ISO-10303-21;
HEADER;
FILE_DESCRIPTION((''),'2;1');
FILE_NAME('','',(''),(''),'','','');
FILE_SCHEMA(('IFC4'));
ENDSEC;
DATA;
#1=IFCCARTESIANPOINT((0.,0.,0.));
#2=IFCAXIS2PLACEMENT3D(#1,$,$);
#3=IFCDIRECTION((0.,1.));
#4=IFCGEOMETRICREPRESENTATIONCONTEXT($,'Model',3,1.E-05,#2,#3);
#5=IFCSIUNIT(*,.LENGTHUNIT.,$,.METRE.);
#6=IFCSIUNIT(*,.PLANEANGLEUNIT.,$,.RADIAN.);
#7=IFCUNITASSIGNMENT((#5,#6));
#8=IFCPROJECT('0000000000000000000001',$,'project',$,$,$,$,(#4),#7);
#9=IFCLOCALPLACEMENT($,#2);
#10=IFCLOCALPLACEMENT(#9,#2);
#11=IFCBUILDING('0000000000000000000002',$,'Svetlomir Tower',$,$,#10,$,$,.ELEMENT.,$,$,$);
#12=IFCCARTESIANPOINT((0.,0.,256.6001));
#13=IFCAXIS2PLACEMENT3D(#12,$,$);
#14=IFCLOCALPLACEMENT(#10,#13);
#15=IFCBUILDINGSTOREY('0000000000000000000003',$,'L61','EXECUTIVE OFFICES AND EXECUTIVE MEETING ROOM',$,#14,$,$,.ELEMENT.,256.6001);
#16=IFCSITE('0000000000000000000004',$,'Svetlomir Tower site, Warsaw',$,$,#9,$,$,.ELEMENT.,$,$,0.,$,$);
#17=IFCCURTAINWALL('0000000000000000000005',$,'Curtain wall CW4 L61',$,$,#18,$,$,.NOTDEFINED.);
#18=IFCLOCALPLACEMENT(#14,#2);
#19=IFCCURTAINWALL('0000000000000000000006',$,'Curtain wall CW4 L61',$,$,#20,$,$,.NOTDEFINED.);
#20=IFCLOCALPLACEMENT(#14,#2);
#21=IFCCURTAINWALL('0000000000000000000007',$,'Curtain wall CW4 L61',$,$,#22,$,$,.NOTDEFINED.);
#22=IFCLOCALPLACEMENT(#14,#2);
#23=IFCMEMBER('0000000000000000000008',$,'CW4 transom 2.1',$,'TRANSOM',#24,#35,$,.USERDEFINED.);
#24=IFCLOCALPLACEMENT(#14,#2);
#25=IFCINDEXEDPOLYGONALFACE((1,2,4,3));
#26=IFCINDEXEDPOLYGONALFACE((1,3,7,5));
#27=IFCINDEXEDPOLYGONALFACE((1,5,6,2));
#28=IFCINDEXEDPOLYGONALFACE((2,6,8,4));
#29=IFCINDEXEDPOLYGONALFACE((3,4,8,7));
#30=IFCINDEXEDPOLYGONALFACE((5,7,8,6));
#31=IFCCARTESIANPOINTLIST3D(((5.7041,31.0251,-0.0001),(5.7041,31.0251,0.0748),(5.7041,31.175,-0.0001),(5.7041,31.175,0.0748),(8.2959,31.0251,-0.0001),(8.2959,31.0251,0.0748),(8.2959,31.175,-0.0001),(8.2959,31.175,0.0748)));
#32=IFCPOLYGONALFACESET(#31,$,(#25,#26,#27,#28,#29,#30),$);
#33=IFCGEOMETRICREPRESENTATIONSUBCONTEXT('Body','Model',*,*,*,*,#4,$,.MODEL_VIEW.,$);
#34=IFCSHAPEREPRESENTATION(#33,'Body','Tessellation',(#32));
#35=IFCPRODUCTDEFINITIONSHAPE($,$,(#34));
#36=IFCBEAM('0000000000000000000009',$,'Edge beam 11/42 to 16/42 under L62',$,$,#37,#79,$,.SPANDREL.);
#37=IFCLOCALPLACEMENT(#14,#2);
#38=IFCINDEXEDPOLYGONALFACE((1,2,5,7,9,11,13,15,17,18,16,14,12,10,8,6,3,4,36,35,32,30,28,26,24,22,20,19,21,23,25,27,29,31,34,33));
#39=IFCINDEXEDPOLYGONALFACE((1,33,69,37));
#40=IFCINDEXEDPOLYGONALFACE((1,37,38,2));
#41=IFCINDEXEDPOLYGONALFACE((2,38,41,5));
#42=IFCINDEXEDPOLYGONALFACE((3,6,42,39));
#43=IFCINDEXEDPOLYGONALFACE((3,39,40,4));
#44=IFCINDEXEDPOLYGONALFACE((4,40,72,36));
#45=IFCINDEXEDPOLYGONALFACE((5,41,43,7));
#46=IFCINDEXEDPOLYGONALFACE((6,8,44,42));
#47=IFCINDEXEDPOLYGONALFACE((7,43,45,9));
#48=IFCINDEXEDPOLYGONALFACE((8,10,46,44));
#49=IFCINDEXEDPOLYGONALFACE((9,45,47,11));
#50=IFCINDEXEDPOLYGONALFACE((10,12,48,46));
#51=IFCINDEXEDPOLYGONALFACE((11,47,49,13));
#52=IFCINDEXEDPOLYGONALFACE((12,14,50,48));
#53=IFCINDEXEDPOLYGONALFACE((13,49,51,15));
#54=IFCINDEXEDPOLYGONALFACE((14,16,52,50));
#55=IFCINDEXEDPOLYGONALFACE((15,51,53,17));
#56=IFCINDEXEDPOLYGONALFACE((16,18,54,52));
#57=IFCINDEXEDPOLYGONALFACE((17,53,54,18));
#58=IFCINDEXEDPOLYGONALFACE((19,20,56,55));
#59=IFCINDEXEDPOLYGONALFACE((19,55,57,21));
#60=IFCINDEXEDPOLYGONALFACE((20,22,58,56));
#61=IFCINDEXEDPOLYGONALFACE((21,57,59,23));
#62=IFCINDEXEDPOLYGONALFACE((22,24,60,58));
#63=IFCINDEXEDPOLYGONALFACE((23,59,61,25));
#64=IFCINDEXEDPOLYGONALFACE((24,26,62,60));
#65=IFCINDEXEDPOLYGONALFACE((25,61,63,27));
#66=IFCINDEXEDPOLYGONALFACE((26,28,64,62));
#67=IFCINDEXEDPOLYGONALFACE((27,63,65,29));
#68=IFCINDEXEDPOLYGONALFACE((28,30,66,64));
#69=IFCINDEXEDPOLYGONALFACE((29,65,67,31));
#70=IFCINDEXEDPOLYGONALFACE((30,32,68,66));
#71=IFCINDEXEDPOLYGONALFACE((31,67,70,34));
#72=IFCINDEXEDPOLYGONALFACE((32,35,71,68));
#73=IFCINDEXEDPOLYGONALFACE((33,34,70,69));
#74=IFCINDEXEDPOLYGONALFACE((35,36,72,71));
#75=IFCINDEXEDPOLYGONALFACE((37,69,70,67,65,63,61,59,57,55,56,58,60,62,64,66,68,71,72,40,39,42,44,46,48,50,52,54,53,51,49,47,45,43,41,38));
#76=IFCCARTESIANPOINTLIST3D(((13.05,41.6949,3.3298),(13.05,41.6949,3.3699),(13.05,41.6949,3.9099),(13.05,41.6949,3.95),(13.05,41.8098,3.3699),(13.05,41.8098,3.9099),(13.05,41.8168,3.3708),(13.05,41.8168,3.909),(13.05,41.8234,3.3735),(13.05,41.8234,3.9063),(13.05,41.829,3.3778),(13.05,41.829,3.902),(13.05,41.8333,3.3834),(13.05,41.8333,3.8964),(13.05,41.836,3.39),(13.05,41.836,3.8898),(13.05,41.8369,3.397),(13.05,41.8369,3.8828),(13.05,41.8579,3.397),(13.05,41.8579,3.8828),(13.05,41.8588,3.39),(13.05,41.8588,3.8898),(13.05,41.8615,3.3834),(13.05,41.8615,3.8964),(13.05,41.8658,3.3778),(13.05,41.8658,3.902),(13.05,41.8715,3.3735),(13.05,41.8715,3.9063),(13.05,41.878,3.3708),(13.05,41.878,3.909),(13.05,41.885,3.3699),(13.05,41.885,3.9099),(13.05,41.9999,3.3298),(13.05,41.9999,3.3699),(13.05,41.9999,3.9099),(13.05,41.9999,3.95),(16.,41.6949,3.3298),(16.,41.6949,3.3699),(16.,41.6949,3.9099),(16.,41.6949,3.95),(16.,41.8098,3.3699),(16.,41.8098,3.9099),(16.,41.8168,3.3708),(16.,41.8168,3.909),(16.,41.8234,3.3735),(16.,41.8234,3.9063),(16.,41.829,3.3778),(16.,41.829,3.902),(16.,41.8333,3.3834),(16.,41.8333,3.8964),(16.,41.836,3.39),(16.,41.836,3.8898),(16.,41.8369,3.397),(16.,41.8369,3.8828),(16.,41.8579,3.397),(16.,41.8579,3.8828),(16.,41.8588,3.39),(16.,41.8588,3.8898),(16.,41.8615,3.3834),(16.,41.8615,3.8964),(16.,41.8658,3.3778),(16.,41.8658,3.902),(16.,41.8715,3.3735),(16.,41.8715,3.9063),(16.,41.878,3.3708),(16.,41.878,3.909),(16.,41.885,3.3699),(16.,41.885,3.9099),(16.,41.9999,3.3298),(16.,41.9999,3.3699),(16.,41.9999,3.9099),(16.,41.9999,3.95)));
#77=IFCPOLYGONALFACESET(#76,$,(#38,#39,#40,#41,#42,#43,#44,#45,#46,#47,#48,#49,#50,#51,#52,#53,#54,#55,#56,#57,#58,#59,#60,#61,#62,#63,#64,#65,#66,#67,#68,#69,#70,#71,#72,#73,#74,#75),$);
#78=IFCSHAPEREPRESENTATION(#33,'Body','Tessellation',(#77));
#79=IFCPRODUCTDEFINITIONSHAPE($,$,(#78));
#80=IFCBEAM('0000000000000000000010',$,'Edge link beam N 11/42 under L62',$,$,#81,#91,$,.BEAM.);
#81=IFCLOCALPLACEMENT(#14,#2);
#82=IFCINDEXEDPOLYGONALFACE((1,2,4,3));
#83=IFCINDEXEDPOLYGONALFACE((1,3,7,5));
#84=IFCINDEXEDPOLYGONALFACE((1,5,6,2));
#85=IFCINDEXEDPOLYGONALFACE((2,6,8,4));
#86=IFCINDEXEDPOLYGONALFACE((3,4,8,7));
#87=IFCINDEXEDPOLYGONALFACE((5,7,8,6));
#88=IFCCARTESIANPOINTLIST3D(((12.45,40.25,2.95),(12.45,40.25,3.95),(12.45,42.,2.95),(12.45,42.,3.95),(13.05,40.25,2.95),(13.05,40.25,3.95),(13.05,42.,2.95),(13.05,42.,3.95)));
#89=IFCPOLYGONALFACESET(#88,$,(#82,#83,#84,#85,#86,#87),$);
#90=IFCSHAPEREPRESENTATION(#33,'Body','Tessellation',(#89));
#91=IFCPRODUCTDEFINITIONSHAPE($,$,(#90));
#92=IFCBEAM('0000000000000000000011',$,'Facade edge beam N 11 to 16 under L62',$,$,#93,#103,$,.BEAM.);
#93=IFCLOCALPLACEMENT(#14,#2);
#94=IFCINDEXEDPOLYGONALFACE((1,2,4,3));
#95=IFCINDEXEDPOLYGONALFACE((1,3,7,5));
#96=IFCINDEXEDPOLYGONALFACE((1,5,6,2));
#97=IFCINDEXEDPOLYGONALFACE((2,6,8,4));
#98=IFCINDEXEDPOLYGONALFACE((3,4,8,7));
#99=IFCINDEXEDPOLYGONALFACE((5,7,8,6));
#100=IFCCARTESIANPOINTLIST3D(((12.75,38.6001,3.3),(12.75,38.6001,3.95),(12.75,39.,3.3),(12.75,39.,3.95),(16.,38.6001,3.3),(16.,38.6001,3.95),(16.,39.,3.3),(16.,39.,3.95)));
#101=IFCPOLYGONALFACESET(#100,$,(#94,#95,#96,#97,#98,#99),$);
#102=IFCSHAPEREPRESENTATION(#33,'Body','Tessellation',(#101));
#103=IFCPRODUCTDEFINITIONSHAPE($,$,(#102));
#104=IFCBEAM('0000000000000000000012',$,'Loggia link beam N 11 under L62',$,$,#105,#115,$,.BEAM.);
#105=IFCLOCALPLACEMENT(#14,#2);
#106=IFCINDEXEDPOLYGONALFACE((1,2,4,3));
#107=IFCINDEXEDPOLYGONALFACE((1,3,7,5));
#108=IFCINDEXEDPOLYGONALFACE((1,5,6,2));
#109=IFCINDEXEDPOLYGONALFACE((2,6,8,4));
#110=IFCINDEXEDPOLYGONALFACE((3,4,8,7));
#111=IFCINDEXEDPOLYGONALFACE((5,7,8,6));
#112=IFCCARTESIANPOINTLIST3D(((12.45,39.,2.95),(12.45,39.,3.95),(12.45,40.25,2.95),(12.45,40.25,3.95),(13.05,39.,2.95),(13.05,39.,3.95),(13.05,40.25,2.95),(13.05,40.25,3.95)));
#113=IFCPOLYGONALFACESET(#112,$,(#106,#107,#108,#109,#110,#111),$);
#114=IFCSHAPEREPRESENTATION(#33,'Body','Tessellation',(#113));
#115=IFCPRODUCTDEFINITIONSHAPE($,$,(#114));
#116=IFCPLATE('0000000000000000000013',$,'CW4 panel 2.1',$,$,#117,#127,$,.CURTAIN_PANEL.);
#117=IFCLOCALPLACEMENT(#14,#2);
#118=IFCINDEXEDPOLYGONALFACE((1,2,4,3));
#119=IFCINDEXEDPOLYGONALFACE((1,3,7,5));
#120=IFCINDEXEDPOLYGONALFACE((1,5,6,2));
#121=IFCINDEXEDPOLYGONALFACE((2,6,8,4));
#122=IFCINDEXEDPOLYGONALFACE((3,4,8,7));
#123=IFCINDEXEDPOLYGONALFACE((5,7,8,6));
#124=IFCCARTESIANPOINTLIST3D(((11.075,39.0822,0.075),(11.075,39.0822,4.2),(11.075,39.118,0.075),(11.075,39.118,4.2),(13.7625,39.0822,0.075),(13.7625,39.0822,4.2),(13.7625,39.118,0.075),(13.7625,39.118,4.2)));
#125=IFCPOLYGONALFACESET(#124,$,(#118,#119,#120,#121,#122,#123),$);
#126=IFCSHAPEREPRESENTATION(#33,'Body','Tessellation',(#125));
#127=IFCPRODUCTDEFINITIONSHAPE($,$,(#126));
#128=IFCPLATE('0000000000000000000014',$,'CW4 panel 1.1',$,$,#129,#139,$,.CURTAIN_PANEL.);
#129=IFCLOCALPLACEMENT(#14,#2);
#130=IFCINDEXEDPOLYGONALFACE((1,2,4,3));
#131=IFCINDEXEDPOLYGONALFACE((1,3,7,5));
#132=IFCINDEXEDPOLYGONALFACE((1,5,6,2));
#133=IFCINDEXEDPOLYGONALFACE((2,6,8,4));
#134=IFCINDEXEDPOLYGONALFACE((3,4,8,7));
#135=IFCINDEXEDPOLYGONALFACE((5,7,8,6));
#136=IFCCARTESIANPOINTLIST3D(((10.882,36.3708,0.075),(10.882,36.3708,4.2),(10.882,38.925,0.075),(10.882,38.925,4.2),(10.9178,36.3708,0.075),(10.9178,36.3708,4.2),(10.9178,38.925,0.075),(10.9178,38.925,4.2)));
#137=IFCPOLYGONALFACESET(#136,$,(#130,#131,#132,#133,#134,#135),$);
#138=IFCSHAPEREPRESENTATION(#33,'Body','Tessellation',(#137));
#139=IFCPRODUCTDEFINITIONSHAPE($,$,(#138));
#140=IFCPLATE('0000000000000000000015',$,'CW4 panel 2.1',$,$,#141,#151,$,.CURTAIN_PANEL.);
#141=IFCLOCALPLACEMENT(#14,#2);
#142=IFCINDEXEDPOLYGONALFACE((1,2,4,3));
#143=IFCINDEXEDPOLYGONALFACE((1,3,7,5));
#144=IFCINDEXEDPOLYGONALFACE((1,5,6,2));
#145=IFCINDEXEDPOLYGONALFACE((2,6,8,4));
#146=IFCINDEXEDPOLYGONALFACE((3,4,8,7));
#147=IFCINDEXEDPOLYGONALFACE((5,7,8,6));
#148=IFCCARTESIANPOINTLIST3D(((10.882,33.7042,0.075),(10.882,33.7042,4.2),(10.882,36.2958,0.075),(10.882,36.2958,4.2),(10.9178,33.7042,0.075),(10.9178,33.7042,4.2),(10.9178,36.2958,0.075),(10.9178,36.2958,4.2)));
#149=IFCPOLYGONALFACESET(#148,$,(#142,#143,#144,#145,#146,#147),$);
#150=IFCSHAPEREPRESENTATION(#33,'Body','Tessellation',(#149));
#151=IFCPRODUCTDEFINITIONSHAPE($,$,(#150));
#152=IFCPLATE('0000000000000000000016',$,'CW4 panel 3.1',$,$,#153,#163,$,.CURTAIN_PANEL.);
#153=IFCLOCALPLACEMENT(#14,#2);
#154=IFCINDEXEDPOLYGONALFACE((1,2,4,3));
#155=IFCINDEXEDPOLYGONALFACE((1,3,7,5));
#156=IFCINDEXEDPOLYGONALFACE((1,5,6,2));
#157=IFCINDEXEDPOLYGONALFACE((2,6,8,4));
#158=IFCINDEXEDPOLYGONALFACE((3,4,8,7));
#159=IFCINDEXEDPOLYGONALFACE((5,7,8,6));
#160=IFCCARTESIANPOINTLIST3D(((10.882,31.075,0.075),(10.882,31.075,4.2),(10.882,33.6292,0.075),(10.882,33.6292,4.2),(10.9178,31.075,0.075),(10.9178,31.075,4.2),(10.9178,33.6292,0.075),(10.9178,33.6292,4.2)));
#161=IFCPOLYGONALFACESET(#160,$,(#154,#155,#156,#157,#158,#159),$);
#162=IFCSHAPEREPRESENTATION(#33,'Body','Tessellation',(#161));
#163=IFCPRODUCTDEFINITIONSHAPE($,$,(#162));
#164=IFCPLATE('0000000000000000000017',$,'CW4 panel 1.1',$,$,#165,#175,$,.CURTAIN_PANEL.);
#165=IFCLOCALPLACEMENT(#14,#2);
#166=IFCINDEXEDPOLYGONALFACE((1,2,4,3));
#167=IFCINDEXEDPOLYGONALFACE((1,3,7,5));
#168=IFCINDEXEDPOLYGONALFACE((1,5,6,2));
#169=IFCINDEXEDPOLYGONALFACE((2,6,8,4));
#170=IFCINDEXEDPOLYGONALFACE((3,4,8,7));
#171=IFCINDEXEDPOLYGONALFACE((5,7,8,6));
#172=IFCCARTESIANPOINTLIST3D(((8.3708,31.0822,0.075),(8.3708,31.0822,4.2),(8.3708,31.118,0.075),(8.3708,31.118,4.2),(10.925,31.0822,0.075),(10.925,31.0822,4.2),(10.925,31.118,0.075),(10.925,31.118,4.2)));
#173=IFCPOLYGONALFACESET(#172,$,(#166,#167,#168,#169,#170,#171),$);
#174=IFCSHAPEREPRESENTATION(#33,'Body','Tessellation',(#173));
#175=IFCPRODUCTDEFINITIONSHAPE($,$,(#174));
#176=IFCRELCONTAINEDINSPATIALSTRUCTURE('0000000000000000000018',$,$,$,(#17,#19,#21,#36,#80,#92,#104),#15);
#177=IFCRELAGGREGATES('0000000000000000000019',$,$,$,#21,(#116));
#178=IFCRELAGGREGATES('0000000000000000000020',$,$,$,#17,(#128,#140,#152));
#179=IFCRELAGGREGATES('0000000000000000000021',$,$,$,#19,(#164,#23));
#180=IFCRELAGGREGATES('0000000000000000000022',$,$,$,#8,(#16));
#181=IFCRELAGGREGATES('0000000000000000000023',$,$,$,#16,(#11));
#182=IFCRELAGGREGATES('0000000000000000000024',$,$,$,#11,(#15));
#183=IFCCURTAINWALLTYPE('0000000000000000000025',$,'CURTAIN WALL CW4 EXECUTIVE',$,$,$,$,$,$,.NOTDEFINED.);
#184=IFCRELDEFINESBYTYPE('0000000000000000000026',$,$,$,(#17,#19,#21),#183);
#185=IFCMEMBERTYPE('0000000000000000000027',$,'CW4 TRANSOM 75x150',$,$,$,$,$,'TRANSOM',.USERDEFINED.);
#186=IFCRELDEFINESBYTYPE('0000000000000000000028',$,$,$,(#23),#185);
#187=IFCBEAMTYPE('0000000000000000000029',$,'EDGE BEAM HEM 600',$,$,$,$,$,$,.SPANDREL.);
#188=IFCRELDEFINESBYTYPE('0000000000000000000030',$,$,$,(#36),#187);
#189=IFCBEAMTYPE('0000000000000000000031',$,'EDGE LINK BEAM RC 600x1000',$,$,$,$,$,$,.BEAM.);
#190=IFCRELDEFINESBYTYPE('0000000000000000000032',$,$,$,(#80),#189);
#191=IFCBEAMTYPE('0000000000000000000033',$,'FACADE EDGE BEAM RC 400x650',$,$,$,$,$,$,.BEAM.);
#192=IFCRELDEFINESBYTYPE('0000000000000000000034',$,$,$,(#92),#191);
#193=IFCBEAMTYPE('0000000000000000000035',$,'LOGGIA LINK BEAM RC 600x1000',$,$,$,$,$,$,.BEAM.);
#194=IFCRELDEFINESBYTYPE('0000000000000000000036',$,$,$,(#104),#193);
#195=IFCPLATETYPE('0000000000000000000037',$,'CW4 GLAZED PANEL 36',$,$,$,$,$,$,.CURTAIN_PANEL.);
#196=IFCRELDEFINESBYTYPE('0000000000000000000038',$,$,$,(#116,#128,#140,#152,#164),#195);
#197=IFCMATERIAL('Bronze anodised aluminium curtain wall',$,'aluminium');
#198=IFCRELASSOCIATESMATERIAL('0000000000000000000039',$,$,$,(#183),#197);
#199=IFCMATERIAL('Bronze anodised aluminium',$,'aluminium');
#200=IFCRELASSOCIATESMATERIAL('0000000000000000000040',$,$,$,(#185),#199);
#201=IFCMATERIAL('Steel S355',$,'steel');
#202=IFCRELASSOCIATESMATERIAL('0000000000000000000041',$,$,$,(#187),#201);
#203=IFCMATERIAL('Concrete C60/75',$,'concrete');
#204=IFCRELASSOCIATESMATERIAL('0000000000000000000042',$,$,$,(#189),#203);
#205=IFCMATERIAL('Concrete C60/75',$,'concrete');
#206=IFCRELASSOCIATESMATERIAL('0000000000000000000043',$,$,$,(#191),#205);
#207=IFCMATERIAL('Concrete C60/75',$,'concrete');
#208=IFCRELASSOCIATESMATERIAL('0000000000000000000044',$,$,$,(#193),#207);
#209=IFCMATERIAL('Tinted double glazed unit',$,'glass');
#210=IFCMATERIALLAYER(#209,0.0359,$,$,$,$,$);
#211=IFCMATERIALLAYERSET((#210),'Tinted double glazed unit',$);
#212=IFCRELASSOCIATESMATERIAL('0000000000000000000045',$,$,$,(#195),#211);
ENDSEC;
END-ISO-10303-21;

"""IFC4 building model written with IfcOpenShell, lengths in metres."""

from ifc_helpers import new_model, si_unit, direction, frame, origin, origin_2d, place, context, subcontext, project, spatial, rectangle, i_section, extrude, material, layer, layer_set, material_profile, profile_set, type_object, element, aggregate, save


model = new_model("IFC4")

# Units and contexts
model_context = context("Model", 3, precision=1e-05, world=origin(), true_north=direction((0.0, 1.0)))
body_context = subcontext(model_context, "Body", "Model", "MODEL_VIEW")
ifc_project = project(units=[si_unit("LENGTHUNIT", "METRE"), si_unit("PLANEANGLEUNIT", "RADIAN")], contexts=[model_context])

# Site, building, storey
site_placement = place(None, origin())
site = spatial("IfcSite", under=ifc_project, at=site_placement, Name="Svetlomir Tower site, Warsaw", CompositionType="ELEMENT", RefElevation=0.0)
building_placement = place(site_placement, origin())
building = spatial("IfcBuilding", under=site, at=building_placement, Name="Svetlomir Tower", CompositionType="ELEMENT")
storey_placement = place(building_placement, frame((0.0, 0.0, 256.6001)))
storey = spatial("IfcBuildingStorey", under=building, at=storey_placement, Name="L61", Description="EXECUTIVE OFFICES AND EXECUTIVE MEETING ROOM", CompositionType="ELEMENT", Elevation=256.6001)

# Curtain walls
ifc_material_1 = material(Name="Bronze anodised aluminium curtain wall", Category="aluminium")
curtain_wall_type = type_object("IfcCurtainWallType", Name="CURTAIN WALL CW4 EXECUTIVE", PredefinedType="NOTDEFINED", material=ifc_material_1)
curtain_wall_1_placement = place(storey_placement, origin())
curtain_wall_1 = element("IfcCurtainWall", 1, at=curtain_wall_1_placement, inside=storey, type_object=curtain_wall_type, Name="Curtain wall CW4 L61", PredefinedType="NOTDEFINED")
curtain_wall_2_placement = place(storey_placement, origin())
curtain_wall_2 = element("IfcCurtainWall", 2, at=curtain_wall_2_placement, inside=storey, type_object=curtain_wall_type, Name="Curtain wall CW4 L61", PredefinedType="NOTDEFINED")
curtain_wall_3_placement = place(storey_placement, origin())
curtain_wall_3 = element("IfcCurtainWall", 3, at=curtain_wall_3_placement, inside=storey, type_object=curtain_wall_type, Name="Curtain wall CW4 L61", PredefinedType="NOTDEFINED")

# Member
ifc_material_2 = material(Name="Bronze anodised aluminium", Category="aluminium")
ifc_material_profile_1 = material_profile(ifc_material_2, rectangle(XDim=0.1499, YDim=0.075, at=origin_2d()), Name="AL 150x75")
ifc_profile_set_1 = profile_set([ifc_material_profile_1], Name="Bronze anodised aluminium 6063-T6")
member_type_1 = type_object("IfcMemberType", Name="CW4 TRANSOM 75x150", ElementType="TRANSOM", PredefinedType="USERDEFINED", material=ifc_profile_set_1)
member_1_placement = place(storey_placement, frame((8.2959, 31.1001, 0.0374), z_axis=(-1.0, 0.0, 0.0), x_axis=(0.0, -1.0, 0.0)))
member_1 = element("IfcMember", 4, at=member_1_placement, type_object=member_type_1, Name="CW4 transom 2.1", ObjectType="TRANSOM", PredefinedType="USERDEFINED", context=body_context, shape_type="SweptSolid", body=[
    extrude(rectangle(XDim=0.1499, YDim=0.075, at=origin_2d()), origin(), (0.0, 0.0, 1.0), 2.5918),
])

# Beams
ifc_material_3 = material(Name="Steel S355", Category="steel")
ifc_material_profile_2 = material_profile(ifc_material_3, i_section(OverallWidth=0.3049, OverallDepth=0.6201, WebThickness=0.021, FlangeThickness=0.04, FilletRadius=0.0271, at=origin_2d()), Name="HEM 600")
ifc_profile_set_2 = profile_set([ifc_material_profile_2], Name="Steel S355")
beam_type_1 = type_object("IfcBeamType", Name="EDGE BEAM HEM 600", PredefinedType="SPANDREL", material=ifc_profile_set_2)
beam_1_placement = place(storey_placement, frame((13.05, 41.8474, 3.6399), z_axis=(1.0, 0.0, 0.0), x_axis=(0.0, 1.0, 0.0)))
element("IfcBeam", 5, at=beam_1_placement, inside=storey, type_object=beam_type_1, Name="Edge beam 11/42 to 16/42 under L62", PredefinedType="SPANDREL", context=body_context, shape_type="SweptSolid", body=[
    extrude(i_section(OverallWidth=0.3049, OverallDepth=0.6201, WebThickness=0.021, FlangeThickness=0.04, FilletRadius=0.0271, at=origin_2d()), origin(), (0.0, 0.0, 1.0), 2.95),
])
ifc_material_4 = material(Name="Concrete C60/75", Category="concrete")
ifc_material_profile_3 = material_profile(ifc_material_4, rectangle(XDim=0.6001, YDim=1.0, at=origin_2d()), Name="RC 600x1000")
ifc_profile_set_3 = profile_set([ifc_material_profile_3], Name="Concrete C60/75")
beam_type_2 = type_object("IfcBeamType", Name="EDGE LINK BEAM RC 600x1000", PredefinedType="BEAM", material=ifc_profile_set_3)
beam_2_placement = place(storey_placement, frame((12.75, 40.25, 3.45), z_axis=(0.0, 1.0, 0.0), x_axis=(-1.0, 0.0, 0.0)))
element("IfcBeam", 6, at=beam_2_placement, inside=storey, type_object=beam_type_2, Name="Edge link beam N 11/42 under L62", PredefinedType="BEAM", context=body_context, shape_type="SweptSolid", body=[
    extrude(rectangle(XDim=0.6001, YDim=1.0, at=origin_2d()), origin(), (0.0, 0.0, 1.0), 1.75),
])
ifc_material_5 = material(Name="Concrete C60/75", Category="concrete")
ifc_material_profile_4 = material_profile(ifc_material_5, rectangle(XDim=0.3999, YDim=0.6499, at=origin_2d()), Name="RC 400x650")
ifc_profile_set_4 = profile_set([ifc_material_profile_4], Name="Concrete C60/75")
beam_type_3 = type_object("IfcBeamType", Name="FACADE EDGE BEAM RC 400x650", PredefinedType="BEAM", material=ifc_profile_set_4)
beam_3_placement = place(storey_placement, frame((12.75, 38.8, 3.625), z_axis=(1.0, 0.0, 0.0), x_axis=(0.0, 1.0, 0.0)))
element("IfcBeam", 7, at=beam_3_placement, inside=storey, type_object=beam_type_3, Name="Facade edge beam N 11 to 16 under L62", PredefinedType="BEAM", context=body_context, shape_type="SweptSolid", body=[
    extrude(rectangle(XDim=0.3999, YDim=0.6499, at=origin_2d()), origin(), (0.0, 0.0, 1.0), 3.25),
])
ifc_material_6 = material(Name="Concrete C60/75", Category="concrete")
ifc_material_profile_5 = material_profile(ifc_material_6, rectangle(XDim=0.6001, YDim=1.0, at=origin_2d()), Name="RC 600x1000")
ifc_profile_set_5 = profile_set([ifc_material_profile_5], Name="Concrete C60/75")
beam_type_4 = type_object("IfcBeamType", Name="LOGGIA LINK BEAM RC 600x1000", PredefinedType="BEAM", material=ifc_profile_set_5)
beam_4_placement = place(storey_placement, frame((12.75, 40.25, 3.45), z_axis=(0.0, -1.0, 0.0), x_axis=(1.0, 0.0, 0.0)))
element("IfcBeam", 8, at=beam_4_placement, inside=storey, type_object=beam_type_4, Name="Loggia link beam N 11 under L62", PredefinedType="BEAM", context=body_context, shape_type="SweptSolid", body=[
    extrude(rectangle(XDim=0.6001, YDim=1.0, at=origin_2d()), origin(), (0.0, 0.0, 1.0), 1.25),
])

# Plates
ifc_material_7 = material(Name="Tinted double glazed unit", Category="glass")
ifc_layer_1 = layer(ifc_material_7, 0.0359)
ifc_layer_set_1 = layer_set([ifc_layer_1], Name="Tinted double glazed unit")
plate_type = type_object("IfcPlateType", Name="CW4 GLAZED PANEL 36", PredefinedType="CURTAIN_PANEL", material=ifc_layer_set_1)
plate_1_placement = place(storey_placement, frame((12.4187, 39.1001, 0.075), z_axis=(0.0, 0.0, 1.0), x_axis=(-1.0, 0.0, 0.0)))
plate_1 = element("IfcPlate", 9, at=plate_1_placement, type_object=plate_type, Name="CW4 panel 2.1", PredefinedType="CURTAIN_PANEL", context=body_context, shape_type="SweptSolid", body=[
    extrude(rectangle(XDim=2.6875, YDim=0.0359, at=origin_2d()), origin(), (0.0, 0.0, 1.0), 4.125),
])
aggregate(curtain_wall_3, [plate_1])
plate_2_placement = place(storey_placement, frame((10.8999, 37.6479, 0.075), z_axis=(0.0, 0.0, 1.0), x_axis=(0.0, -1.0, 0.0)))
plate_2 = element("IfcPlate", 10, at=plate_2_placement, type_object=plate_type, Name="CW4 panel 1.1", PredefinedType="CURTAIN_PANEL", context=body_context, shape_type="SweptSolid", body=[
    extrude(rectangle(XDim=2.5542, YDim=0.0359, at=origin_2d()), origin(), (0.0, 0.0, 1.0), 4.125),
])
plate_3_placement = place(storey_placement, frame((10.8999, 35.0, 0.075), z_axis=(0.0, 0.0, 1.0), x_axis=(0.0, -1.0, 0.0)))
plate_3 = element("IfcPlate", 11, at=plate_3_placement, type_object=plate_type, Name="CW4 panel 2.1", PredefinedType="CURTAIN_PANEL", context=body_context, shape_type="SweptSolid", body=[
    extrude(rectangle(XDim=2.5916, YDim=0.0359, at=origin_2d()), origin(), (0.0, 0.0, 1.0), 4.125),
])
plate_4_placement = place(storey_placement, frame((10.8999, 32.3521, 0.075), z_axis=(0.0, 0.0, 1.0), x_axis=(0.0, -1.0, 0.0)))
plate_4 = element("IfcPlate", 12, at=plate_4_placement, type_object=plate_type, Name="CW4 panel 3.1", PredefinedType="CURTAIN_PANEL", context=body_context, shape_type="SweptSolid", body=[
    extrude(rectangle(XDim=2.5542, YDim=0.0359, at=origin_2d()), origin(), (0.0, 0.0, 1.0), 4.125),
])
aggregate(curtain_wall_1, [plate_2, plate_3, plate_4])
plate_5_placement = place(storey_placement, frame((9.6479, 31.1001, 0.075), z_axis=(0.0, 0.0, 1.0), x_axis=(-1.0, 0.0, 0.0)))
plate_5 = element("IfcPlate", 13, at=plate_5_placement, type_object=plate_type, Name="CW4 panel 1.1", PredefinedType="CURTAIN_PANEL", context=body_context, shape_type="SweptSolid", body=[
    extrude(rectangle(XDim=2.5542, YDim=0.0359, at=origin_2d()), origin(), (0.0, 0.0, 1.0), 4.125),
])
aggregate(curtain_wall_2, [plate_5, member_1])

save(model, "model.ifc")
